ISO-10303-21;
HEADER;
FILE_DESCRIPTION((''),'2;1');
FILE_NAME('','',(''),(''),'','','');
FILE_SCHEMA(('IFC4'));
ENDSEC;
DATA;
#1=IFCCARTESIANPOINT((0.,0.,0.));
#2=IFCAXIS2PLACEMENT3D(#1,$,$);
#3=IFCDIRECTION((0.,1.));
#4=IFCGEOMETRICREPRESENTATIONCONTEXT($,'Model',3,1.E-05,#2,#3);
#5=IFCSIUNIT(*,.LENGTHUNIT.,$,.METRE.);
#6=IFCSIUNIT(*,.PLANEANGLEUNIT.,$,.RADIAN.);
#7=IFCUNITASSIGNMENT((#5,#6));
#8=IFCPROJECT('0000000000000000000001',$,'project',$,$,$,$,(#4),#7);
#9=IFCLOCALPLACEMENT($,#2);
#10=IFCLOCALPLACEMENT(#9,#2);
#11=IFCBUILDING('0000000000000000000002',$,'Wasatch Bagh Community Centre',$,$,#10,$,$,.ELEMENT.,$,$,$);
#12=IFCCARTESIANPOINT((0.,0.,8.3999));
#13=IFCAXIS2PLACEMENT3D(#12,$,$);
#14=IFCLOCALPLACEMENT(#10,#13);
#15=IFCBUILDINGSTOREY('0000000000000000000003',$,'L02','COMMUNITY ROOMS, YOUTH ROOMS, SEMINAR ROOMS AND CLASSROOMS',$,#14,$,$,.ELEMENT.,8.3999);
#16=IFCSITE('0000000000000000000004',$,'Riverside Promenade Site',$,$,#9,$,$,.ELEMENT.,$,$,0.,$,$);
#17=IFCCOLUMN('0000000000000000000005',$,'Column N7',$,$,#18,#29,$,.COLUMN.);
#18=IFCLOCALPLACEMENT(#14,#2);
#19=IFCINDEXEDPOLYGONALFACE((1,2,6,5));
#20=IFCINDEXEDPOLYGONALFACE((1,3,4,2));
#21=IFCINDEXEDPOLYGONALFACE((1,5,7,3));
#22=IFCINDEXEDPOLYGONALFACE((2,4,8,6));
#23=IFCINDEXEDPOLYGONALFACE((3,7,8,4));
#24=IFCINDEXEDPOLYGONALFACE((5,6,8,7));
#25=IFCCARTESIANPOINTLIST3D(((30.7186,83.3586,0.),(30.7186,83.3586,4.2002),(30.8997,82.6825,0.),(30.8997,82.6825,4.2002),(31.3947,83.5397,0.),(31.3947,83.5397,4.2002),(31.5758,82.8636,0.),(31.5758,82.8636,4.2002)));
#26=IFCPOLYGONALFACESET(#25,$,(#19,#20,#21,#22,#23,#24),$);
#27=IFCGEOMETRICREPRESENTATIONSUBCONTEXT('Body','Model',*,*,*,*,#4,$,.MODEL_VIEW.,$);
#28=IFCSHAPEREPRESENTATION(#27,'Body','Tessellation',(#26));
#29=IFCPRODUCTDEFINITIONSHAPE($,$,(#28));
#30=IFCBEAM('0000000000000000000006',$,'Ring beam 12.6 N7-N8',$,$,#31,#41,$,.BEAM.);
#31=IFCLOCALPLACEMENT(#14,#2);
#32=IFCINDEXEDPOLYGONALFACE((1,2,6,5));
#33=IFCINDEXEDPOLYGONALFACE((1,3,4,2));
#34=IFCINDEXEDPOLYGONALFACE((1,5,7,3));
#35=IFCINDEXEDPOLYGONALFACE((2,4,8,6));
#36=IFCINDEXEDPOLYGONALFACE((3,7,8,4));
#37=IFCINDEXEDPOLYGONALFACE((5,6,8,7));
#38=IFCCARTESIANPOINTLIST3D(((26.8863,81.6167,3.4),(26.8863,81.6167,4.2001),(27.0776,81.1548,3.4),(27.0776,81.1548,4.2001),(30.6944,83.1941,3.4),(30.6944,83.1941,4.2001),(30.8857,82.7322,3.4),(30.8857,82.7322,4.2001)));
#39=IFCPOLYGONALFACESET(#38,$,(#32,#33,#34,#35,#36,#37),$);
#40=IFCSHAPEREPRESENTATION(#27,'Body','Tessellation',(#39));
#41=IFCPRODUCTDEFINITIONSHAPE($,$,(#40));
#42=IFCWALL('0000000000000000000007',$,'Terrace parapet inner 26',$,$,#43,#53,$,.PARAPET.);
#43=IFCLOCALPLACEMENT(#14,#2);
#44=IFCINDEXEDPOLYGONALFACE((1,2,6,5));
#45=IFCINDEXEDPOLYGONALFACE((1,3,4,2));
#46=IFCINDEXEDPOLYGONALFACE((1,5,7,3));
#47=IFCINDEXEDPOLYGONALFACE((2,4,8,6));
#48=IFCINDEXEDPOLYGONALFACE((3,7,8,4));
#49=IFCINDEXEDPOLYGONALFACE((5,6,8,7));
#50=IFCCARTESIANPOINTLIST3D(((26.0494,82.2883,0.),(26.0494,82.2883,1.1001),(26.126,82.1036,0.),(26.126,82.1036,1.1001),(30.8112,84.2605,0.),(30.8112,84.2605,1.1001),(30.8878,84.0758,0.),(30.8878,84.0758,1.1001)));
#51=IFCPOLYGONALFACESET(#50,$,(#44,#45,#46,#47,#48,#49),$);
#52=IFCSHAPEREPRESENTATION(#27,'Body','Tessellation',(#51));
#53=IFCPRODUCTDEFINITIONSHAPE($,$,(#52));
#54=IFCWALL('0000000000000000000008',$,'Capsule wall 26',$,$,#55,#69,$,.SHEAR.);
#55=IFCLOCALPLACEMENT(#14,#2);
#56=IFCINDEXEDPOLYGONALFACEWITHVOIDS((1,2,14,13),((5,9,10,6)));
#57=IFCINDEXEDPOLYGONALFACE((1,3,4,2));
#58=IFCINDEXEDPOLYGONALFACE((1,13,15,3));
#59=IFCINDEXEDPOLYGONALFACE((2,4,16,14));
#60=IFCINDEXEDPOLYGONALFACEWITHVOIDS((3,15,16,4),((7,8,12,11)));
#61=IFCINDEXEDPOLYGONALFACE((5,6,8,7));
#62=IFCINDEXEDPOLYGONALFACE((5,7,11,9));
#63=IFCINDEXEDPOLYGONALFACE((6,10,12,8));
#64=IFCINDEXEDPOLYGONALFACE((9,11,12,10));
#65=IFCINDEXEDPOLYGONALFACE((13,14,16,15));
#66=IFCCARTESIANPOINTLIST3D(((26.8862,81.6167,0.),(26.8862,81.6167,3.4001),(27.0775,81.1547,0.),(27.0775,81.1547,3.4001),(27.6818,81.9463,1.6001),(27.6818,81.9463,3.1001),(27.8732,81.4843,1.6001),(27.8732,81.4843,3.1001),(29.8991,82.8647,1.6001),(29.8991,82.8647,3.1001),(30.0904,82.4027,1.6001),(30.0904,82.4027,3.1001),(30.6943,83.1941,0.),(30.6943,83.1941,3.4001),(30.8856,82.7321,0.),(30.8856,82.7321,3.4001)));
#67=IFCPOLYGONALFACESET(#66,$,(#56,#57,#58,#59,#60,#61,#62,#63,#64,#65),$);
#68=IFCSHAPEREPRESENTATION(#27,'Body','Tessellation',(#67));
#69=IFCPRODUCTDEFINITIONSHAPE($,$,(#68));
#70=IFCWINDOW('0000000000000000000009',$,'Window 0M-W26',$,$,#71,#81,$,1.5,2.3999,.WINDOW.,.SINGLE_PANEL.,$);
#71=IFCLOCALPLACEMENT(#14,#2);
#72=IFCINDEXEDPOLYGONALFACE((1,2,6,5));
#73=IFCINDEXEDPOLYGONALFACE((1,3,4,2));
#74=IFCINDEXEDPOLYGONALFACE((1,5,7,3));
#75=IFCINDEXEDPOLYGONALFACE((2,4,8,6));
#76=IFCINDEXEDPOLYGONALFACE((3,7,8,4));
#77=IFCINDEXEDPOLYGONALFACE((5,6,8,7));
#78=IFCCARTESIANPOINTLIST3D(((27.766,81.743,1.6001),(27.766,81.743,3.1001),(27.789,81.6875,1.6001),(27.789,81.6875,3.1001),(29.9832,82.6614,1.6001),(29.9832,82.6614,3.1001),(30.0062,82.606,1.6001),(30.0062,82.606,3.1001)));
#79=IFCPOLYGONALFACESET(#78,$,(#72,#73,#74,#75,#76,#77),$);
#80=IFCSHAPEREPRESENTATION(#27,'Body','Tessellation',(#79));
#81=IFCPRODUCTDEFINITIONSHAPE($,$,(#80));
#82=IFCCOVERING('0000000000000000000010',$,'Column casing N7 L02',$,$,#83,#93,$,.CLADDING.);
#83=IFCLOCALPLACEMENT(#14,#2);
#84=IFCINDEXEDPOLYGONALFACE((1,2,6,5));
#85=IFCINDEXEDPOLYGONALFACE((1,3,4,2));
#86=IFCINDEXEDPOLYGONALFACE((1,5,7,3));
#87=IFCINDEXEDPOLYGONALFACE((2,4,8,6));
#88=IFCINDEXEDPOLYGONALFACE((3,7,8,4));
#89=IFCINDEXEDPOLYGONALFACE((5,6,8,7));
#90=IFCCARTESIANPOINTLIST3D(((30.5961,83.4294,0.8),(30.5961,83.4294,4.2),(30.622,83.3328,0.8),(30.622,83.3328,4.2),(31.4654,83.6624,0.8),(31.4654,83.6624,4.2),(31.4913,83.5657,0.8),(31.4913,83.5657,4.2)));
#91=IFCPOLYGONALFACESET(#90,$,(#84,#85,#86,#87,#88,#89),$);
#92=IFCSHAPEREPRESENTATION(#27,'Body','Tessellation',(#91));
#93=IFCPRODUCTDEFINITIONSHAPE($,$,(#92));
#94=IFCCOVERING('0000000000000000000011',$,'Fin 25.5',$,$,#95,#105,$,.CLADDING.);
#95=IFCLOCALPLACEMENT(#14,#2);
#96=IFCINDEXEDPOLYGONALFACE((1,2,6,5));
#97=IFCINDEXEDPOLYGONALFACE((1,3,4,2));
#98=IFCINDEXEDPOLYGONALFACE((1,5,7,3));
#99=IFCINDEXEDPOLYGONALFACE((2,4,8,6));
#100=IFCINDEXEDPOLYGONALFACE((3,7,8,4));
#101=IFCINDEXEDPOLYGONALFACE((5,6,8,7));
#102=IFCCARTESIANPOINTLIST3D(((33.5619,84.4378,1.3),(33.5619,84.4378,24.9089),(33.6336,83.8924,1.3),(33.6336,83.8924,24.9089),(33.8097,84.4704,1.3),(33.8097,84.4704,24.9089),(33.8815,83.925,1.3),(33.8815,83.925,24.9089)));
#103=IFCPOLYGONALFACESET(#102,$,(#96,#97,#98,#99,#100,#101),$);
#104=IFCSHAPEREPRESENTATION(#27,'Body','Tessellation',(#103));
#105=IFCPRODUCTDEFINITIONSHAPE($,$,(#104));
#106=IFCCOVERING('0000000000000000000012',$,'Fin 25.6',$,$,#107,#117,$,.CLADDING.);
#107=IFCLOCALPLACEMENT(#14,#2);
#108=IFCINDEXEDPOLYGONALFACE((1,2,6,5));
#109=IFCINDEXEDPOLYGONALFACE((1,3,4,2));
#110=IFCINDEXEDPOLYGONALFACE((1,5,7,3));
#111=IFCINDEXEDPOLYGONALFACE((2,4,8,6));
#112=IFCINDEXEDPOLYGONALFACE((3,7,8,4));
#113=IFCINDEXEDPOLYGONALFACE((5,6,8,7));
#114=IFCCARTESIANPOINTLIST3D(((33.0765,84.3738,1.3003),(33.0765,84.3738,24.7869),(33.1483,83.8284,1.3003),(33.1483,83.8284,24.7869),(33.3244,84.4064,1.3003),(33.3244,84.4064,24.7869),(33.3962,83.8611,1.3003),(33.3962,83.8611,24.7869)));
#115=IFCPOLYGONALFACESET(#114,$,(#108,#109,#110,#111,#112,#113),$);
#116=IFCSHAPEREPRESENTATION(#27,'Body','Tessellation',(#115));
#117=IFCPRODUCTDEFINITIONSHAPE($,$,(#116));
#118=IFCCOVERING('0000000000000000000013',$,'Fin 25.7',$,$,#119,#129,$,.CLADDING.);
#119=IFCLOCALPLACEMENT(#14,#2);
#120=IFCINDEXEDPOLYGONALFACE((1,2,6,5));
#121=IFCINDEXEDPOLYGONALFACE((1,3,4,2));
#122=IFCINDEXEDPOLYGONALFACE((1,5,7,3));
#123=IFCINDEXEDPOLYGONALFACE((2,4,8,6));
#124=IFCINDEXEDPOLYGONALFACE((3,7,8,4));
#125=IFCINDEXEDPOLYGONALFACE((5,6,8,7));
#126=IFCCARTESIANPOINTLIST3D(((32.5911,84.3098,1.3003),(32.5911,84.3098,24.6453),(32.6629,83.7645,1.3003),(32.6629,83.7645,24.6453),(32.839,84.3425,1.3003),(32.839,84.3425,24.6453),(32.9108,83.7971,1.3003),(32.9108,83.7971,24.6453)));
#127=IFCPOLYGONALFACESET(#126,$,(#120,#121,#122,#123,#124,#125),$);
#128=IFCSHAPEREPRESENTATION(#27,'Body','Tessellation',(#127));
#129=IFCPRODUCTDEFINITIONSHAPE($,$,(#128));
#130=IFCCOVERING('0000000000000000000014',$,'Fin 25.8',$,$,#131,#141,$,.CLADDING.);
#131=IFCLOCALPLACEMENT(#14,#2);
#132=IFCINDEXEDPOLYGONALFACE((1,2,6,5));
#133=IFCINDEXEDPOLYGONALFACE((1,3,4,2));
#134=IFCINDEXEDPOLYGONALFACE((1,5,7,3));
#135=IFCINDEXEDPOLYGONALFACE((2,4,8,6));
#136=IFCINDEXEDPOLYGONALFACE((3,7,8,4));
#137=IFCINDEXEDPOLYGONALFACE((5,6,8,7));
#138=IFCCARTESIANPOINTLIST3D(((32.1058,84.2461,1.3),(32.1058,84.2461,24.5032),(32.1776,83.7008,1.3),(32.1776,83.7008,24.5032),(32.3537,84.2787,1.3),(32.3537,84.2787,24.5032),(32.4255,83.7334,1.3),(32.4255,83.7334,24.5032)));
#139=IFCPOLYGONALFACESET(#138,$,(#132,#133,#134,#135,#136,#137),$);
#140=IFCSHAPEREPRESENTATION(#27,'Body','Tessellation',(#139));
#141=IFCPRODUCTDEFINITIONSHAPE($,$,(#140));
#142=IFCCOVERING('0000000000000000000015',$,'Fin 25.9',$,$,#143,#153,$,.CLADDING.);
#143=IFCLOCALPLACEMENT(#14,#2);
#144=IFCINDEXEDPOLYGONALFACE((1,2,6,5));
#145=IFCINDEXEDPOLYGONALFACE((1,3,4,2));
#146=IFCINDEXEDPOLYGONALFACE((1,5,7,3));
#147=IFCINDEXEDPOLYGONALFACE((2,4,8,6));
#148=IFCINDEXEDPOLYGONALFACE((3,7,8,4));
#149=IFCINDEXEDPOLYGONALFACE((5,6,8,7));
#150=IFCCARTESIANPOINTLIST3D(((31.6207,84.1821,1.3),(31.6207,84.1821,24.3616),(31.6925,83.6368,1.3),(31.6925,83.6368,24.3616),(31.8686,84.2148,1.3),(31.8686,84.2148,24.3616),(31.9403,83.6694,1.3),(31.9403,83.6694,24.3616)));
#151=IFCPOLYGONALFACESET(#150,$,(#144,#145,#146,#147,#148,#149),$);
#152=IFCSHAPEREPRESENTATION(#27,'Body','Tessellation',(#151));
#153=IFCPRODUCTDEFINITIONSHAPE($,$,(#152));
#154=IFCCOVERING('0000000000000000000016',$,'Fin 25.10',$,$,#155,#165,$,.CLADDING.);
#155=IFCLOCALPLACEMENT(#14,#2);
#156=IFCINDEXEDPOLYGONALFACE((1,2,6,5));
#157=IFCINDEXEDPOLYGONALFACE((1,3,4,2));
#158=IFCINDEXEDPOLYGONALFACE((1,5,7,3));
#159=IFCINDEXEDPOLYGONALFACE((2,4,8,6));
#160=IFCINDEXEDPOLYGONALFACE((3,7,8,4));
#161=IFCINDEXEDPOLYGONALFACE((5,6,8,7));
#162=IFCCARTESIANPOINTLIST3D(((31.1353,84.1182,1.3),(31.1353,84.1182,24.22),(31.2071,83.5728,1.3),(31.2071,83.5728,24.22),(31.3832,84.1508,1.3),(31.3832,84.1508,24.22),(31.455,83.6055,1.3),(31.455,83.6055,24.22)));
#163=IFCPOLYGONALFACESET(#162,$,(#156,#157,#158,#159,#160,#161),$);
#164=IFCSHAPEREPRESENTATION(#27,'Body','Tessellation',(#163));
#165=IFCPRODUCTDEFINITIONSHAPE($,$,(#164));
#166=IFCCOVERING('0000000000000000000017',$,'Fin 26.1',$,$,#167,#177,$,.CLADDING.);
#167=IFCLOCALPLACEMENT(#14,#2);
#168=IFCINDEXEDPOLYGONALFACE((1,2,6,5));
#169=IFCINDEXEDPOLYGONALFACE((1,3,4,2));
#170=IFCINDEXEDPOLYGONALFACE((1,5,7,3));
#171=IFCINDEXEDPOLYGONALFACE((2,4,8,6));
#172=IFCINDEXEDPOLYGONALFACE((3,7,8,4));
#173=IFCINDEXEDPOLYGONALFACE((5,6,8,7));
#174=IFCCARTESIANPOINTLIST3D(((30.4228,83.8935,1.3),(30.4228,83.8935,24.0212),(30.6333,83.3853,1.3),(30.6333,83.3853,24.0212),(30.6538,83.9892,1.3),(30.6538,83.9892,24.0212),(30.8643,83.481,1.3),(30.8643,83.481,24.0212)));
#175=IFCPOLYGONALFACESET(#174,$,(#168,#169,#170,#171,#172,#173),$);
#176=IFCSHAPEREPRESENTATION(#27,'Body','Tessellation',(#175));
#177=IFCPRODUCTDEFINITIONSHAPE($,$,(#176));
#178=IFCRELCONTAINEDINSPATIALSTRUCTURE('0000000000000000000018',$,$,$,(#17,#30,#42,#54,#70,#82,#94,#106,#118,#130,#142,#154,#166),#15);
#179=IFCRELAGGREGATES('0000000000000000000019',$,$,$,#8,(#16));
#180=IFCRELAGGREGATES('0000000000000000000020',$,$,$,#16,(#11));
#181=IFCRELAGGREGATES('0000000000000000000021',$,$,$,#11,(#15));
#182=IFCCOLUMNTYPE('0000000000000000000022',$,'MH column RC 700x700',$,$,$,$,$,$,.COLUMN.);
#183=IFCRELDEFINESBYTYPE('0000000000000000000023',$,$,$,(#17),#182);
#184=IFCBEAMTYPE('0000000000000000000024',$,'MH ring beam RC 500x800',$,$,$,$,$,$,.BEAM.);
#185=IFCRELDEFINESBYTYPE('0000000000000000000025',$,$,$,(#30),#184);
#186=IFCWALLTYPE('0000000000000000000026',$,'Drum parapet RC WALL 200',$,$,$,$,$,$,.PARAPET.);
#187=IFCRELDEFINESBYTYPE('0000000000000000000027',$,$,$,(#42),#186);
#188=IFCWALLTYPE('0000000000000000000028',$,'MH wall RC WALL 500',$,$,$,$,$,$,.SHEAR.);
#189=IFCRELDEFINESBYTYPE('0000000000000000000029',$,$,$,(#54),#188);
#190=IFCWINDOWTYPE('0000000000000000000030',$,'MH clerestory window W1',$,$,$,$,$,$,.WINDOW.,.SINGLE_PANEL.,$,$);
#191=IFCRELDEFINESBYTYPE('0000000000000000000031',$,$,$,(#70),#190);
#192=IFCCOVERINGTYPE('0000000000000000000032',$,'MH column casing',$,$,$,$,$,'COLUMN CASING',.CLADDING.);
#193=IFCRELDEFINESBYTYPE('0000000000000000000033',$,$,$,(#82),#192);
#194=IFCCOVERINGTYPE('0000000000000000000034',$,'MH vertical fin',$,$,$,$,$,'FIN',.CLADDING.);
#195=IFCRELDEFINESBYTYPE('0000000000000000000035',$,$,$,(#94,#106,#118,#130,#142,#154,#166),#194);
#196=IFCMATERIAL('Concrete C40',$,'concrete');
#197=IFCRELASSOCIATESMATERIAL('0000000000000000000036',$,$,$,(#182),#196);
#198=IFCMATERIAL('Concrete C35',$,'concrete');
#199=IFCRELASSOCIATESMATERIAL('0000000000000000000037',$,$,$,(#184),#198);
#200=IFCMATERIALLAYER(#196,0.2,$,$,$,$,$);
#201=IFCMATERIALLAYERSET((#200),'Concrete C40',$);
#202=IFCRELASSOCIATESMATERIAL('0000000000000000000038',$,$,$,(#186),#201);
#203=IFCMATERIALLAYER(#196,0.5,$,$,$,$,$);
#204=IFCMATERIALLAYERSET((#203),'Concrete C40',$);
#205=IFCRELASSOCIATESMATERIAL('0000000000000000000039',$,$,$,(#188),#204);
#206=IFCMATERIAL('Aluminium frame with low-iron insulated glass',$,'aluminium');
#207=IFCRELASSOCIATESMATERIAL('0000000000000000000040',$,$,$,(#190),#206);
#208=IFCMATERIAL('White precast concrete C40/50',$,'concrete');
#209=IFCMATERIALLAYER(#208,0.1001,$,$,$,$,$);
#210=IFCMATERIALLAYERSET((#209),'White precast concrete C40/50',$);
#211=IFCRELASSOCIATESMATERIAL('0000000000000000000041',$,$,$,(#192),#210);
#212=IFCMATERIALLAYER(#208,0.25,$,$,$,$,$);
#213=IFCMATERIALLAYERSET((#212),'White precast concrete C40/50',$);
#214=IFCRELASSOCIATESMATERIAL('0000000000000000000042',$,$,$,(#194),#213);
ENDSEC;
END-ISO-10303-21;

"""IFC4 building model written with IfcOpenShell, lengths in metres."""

from ifc_helpers import new_model, si_unit, direction, frame, frame_2d, origin, origin_2d, place, context, subcontext, project, spatial, rectangle, extrude, material, layer, layer_set, material_profile, profile_set, type_object, element, fill, save


model = new_model("IFC4")

# Units and contexts
model_context = context("Model", 3, precision=1e-05, world=origin(), true_north=direction((0.0, 1.0)))
body_context = subcontext(model_context, "Body", "Model", "MODEL_VIEW")
ifc_project = project(units=[si_unit("LENGTHUNIT", "METRE"), si_unit("PLANEANGLEUNIT", "RADIAN")], contexts=[model_context])

# Site, building, storey
site_placement = place(None, origin())
site = spatial("IfcSite", under=ifc_project, at=site_placement, Name="Riverside Promenade Site", CompositionType="ELEMENT", RefElevation=0.0)
building_placement = place(site_placement, origin())
building = spatial("IfcBuilding", under=site, at=building_placement, Name="Wasatch Bagh Community Centre", CompositionType="ELEMENT")
storey_placement = place(building_placement, frame((0.0, 0.0, 8.3999)))
storey = spatial("IfcBuildingStorey", under=building, at=storey_placement, Name="L02", Description="COMMUNITY ROOMS, YOUTH ROOMS, SEMINAR ROOMS AND CLASSROOMS", CompositionType="ELEMENT", Elevation=8.3999)

# Column
ifc_material_1 = material(Name="Concrete C40", Category="concrete")
ifc_material_profile_1 = material_profile(ifc_material_1, rectangle(XDim=0.7, YDim=0.7, at=origin_2d()), Name="RC 700x700")
ifc_profile_set_1 = profile_set([ifc_material_profile_1], Name="Concrete C40")
column_type = type_object("IfcColumnType", Name="MH column RC 700x700", PredefinedType="COLUMN", material=ifc_profile_set_1)
column_placement = place(storey_placement, frame((31.1472, 83.1111, 0.0), z_axis=(0.0, 0.0, 1.0), x_axis=(0.965926, 0.258819, 0.0)))
element("IfcColumn", 1, at=column_placement, inside=storey, type_object=column_type, Name="Column N7", PredefinedType="COLUMN", context=body_context, shape_type="SweptSolid", body=[
    extrude(rectangle(XDim=0.7, YDim=0.7, at=origin_2d()), origin(), (0.0, 0.0, 1.0), 4.2002),
])

# Beam
ifc_material_2 = material(Name="Concrete C35", Category="concrete")
ifc_material_profile_2 = material_profile(ifc_material_2, rectangle(XDim=0.5, YDim=0.8, at=origin_2d()), Name="RC 500x800")
ifc_profile_set_2 = profile_set([ifc_material_profile_2], Name="Concrete C35")
beam_type = type_object("IfcBeamType", Name="MH ring beam RC 500x800", PredefinedType="BEAM", material=ifc_profile_set_2)
beam_placement = place(storey_placement, frame((30.79, 82.9631, 3.8), z_axis=(-0.923878, -0.382688, 0.0), x_axis=(0.382688, -0.923878, 0.0)))
element("IfcBeam", 2, at=beam_placement, inside=storey, type_object=beam_type, Name="Ring beam 12.6 N7-N8", PredefinedType="BEAM", context=body_context, shape_type="SweptSolid", body=[
    extrude(rectangle(XDim=0.5, YDim=0.8, at=origin_2d()), origin(), (0.0, 0.0, 1.0), 4.1218),
])

# Wall
ifc_layer_1 = layer(ifc_material_1, 0.2)
ifc_layer_set_1 = layer_set([ifc_layer_1], Name="Concrete C40")
wall_type_1 = type_object("IfcWallType", Name="Drum parapet RC WALL 200", PredefinedType="PARAPET", material=ifc_layer_set_1)
wall_1_placement = place(storey_placement, frame((30.8496, 84.1682, 0.0), z_axis=(0.0, 0.0, 1.0), x_axis=(-0.923893, -0.38265, 0.0)))
element("IfcWall", 3, at=wall_1_placement, inside=storey, type_object=wall_type_1, Name="Terrace parapet inner 26", PredefinedType="PARAPET", context=body_context, shape_type="SweptSolid", body=[
    extrude(rectangle(XDim=5.1541, YDim=0.2, at=frame_2d((2.5771, 0.0))), origin(), (0.0, 0.0, 1.0), 1.1001),
])

# Wall, opening, window
ifc_layer_2 = layer(ifc_material_1, 0.5)
ifc_layer_set_2 = layer_set([ifc_layer_2], Name="Concrete C40")
wall_type_2 = type_object("IfcWallType", Name="MH wall RC WALL 500", PredefinedType="SHEAR", material=ifc_layer_set_2)
wall_2_placement = place(storey_placement, frame((30.79, 82.9631, 0.0), z_axis=(0.0, 0.0, 1.0), x_axis=(-0.923878, -0.382688, 0.0)))
wall_2 = element("IfcWall", 4, at=wall_2_placement, inside=storey, type_object=wall_type_2, Name="Capsule wall 26", PredefinedType="SHEAR", context=body_context, shape_type="SweptSolid", body=[
    extrude(rectangle(XDim=4.1218, YDim=0.5, at=frame_2d((2.061, 0.0))), origin(), (0.0, 0.0, 1.0), 3.4001),
])
opening_placement = place(wall_2_placement, frame((0.8608, 0.0, 1.6001)))
opening = element("IfcOpeningElement", 5, at=opening_placement, cuts=wall_2, PredefinedType="OPENING", context=body_context, shape_type="SweptSolid", body=[
    extrude(rectangle(XDim=2.3999, YDim=1.5, at=frame_2d((1.2, 0.75))), frame((0.0, 0.26, 0.0), z_axis=(0.0, -1.0, 0.0), x_axis=(1.0, 0.0, 0.0)), (0.0, 0.0, 1.0), 0.52),
])
ifc_material_3 = material(Name="Aluminium frame with low-iron insulated glass", Category="aluminium")
window_type = type_object("IfcWindowType", Name="MH clerestory window W1", PartitioningType="SINGLE_PANEL", PredefinedType="WINDOW", material=ifc_material_3)
window_placement = place(opening_placement, origin())
window = element("IfcWindow", 6, at=window_placement, inside=storey, type_object=window_type, Name="Window 0M-W26", OverallHeight=1.5, OverallWidth=2.3999, PartitioningType="SINGLE_PANEL", PredefinedType="WINDOW", context=body_context, shape_type="SweptSolid", body=[
    extrude(rectangle(XDim=2.3999, YDim=1.5, at=frame_2d((1.2, 0.75))), frame((0.0, 0.03, 0.0), z_axis=(0.0, -1.0, 0.0), x_axis=(1.0, 0.0, 0.0)), (0.0, 0.0, 1.0), 0.0601),
])
fill(opening, window)

# Coverings
ifc_material_4 = material(Name="White precast concrete C40/50", Category="concrete")
ifc_layer_3 = layer(ifc_material_4, 0.1001)
ifc_layer_set_3 = layer_set([ifc_layer_3], Name="White precast concrete C40/50")
covering_type_1 = type_object("IfcCoveringType", Name="MH column casing", ElementType="COLUMN CASING", PredefinedType="CLADDING", material=ifc_layer_set_3)
covering_1_placement = place(storey_placement, frame((31.0437, 83.4976, 0.8), z_axis=(0.0, 0.0, 1.0), x_axis=(-0.965926, -0.258819, 0.0)))
element("IfcCovering", 7, at=covering_1_placement, inside=storey, type_object=covering_type_1, Name="Column casing N7 L02", PredefinedType="CLADDING", context=body_context, shape_type="SweptSolid", body=[
    extrude(rectangle(XDim=0.8999, YDim=0.1001, at=origin_2d()), origin(), (0.0, 0.0, 1.0), 3.3999),
])
ifc_layer_4 = layer(ifc_material_4, 0.25)
ifc_layer_set_4 = layer_set([ifc_layer_4], Name="White precast concrete C40/50")
covering_type_2 = type_object("IfcCoveringType", Name="MH vertical fin", ElementType="FIN", PredefinedType="CLADDING", material=ifc_layer_set_4)
covering_2_placement = place(storey_placement, frame((33.7217, 84.1814, 1.3), z_axis=(0.0, 0.0, 1.0), x_axis=(-0.991445, -0.130526, 0.0)))
element("IfcCovering", 8, at=covering_2_placement, inside=storey, type_object=covering_type_2, Name="Fin 25.5", PredefinedType="CLADDING", context=body_context, shape_type="SweptSolid", body=[
    extrude(rectangle(XDim=0.25, YDim=0.55, at=origin_2d()), origin(), (0.0, 0.0, 1.0), 23.6089),
])
covering_3_placement = place(storey_placement, frame((33.2363, 84.1174, 1.3003), z_axis=(0.0, 0.0, 1.0), x_axis=(-0.991445, -0.130526, 0.0)))
element("IfcCovering", 9, at=covering_3_placement, inside=storey, type_object=covering_type_2, Name="Fin 25.6", PredefinedType="CLADDING", context=body_context, shape_type="SweptSolid", body=[
    extrude(rectangle(XDim=0.25, YDim=0.55, at=origin_2d()), origin(), (0.0, 0.0, 1.0), 23.4866),
])
covering_4_placement = place(storey_placement, frame((32.751, 84.0535, 1.3003), z_axis=(0.0, 0.0, 1.0), x_axis=(-0.991445, -0.130526, 0.0)))
element("IfcCovering", 10, at=covering_4_placement, inside=storey, type_object=covering_type_2, Name="Fin 25.7", PredefinedType="CLADDING", context=body_context, shape_type="SweptSolid", body=[
    extrude(rectangle(XDim=0.25, YDim=0.55, at=origin_2d()), origin(), (0.0, 0.0, 1.0), 23.345),
])
covering_5_placement = place(storey_placement, frame((32.2656, 83.9897, 1.3), z_axis=(0.0, 0.0, 1.0), x_axis=(-0.991445, -0.130526, 0.0)))
element("IfcCovering", 11, at=covering_5_placement, inside=storey, type_object=covering_type_2, Name="Fin 25.8", PredefinedType="CLADDING", context=body_context, shape_type="SweptSolid", body=[
    extrude(rectangle(XDim=0.25, YDim=0.55, at=origin_2d()), origin(), (0.0, 0.0, 1.0), 23.2031),
])
covering_6_placement = place(storey_placement, frame((31.7805, 83.9258, 1.3), z_axis=(0.0, 0.0, 1.0), x_axis=(-0.991445, -0.130526, 0.0)))
element("IfcCovering", 12, at=covering_6_placement, inside=storey, type_object=covering_type_2, Name="Fin 25.9", PredefinedType="CLADDING", context=body_context, shape_type="SweptSolid", body=[
    extrude(rectangle(XDim=0.25, YDim=0.55, at=origin_2d()), origin(), (0.0, 0.0, 1.0), 23.0615),
])
covering_7_placement = place(storey_placement, frame((31.2952, 83.8618, 1.3), z_axis=(0.0, 0.0, 1.0), x_axis=(-0.991445, -0.130526, 0.0)))
element("IfcCovering", 13, at=covering_7_placement, inside=storey, type_object=covering_type_2, Name="Fin 25.10", PredefinedType="CLADDING", context=body_context, shape_type="SweptSolid", body=[
    extrude(rectangle(XDim=0.25, YDim=0.55, at=origin_2d()), origin(), (0.0, 0.0, 1.0), 22.9199),
])
covering_8_placement = place(storey_placement, frame((30.6436, 83.6873, 1.3), z_axis=(0.0, 0.0, 1.0), x_axis=(-0.92388, -0.382683, 0.0)))
element("IfcCovering", 14, at=covering_8_placement, inside=storey, type_object=covering_type_2, Name="Fin 26.1", PredefinedType="CLADDING", context=body_context, shape_type="SweptSolid", body=[
    extrude(rectangle(XDim=0.25, YDim=0.55, at=origin_2d()), origin(), (0.0, 0.0, 1.0), 22.7212),
])

save(model, "model.ifc")
